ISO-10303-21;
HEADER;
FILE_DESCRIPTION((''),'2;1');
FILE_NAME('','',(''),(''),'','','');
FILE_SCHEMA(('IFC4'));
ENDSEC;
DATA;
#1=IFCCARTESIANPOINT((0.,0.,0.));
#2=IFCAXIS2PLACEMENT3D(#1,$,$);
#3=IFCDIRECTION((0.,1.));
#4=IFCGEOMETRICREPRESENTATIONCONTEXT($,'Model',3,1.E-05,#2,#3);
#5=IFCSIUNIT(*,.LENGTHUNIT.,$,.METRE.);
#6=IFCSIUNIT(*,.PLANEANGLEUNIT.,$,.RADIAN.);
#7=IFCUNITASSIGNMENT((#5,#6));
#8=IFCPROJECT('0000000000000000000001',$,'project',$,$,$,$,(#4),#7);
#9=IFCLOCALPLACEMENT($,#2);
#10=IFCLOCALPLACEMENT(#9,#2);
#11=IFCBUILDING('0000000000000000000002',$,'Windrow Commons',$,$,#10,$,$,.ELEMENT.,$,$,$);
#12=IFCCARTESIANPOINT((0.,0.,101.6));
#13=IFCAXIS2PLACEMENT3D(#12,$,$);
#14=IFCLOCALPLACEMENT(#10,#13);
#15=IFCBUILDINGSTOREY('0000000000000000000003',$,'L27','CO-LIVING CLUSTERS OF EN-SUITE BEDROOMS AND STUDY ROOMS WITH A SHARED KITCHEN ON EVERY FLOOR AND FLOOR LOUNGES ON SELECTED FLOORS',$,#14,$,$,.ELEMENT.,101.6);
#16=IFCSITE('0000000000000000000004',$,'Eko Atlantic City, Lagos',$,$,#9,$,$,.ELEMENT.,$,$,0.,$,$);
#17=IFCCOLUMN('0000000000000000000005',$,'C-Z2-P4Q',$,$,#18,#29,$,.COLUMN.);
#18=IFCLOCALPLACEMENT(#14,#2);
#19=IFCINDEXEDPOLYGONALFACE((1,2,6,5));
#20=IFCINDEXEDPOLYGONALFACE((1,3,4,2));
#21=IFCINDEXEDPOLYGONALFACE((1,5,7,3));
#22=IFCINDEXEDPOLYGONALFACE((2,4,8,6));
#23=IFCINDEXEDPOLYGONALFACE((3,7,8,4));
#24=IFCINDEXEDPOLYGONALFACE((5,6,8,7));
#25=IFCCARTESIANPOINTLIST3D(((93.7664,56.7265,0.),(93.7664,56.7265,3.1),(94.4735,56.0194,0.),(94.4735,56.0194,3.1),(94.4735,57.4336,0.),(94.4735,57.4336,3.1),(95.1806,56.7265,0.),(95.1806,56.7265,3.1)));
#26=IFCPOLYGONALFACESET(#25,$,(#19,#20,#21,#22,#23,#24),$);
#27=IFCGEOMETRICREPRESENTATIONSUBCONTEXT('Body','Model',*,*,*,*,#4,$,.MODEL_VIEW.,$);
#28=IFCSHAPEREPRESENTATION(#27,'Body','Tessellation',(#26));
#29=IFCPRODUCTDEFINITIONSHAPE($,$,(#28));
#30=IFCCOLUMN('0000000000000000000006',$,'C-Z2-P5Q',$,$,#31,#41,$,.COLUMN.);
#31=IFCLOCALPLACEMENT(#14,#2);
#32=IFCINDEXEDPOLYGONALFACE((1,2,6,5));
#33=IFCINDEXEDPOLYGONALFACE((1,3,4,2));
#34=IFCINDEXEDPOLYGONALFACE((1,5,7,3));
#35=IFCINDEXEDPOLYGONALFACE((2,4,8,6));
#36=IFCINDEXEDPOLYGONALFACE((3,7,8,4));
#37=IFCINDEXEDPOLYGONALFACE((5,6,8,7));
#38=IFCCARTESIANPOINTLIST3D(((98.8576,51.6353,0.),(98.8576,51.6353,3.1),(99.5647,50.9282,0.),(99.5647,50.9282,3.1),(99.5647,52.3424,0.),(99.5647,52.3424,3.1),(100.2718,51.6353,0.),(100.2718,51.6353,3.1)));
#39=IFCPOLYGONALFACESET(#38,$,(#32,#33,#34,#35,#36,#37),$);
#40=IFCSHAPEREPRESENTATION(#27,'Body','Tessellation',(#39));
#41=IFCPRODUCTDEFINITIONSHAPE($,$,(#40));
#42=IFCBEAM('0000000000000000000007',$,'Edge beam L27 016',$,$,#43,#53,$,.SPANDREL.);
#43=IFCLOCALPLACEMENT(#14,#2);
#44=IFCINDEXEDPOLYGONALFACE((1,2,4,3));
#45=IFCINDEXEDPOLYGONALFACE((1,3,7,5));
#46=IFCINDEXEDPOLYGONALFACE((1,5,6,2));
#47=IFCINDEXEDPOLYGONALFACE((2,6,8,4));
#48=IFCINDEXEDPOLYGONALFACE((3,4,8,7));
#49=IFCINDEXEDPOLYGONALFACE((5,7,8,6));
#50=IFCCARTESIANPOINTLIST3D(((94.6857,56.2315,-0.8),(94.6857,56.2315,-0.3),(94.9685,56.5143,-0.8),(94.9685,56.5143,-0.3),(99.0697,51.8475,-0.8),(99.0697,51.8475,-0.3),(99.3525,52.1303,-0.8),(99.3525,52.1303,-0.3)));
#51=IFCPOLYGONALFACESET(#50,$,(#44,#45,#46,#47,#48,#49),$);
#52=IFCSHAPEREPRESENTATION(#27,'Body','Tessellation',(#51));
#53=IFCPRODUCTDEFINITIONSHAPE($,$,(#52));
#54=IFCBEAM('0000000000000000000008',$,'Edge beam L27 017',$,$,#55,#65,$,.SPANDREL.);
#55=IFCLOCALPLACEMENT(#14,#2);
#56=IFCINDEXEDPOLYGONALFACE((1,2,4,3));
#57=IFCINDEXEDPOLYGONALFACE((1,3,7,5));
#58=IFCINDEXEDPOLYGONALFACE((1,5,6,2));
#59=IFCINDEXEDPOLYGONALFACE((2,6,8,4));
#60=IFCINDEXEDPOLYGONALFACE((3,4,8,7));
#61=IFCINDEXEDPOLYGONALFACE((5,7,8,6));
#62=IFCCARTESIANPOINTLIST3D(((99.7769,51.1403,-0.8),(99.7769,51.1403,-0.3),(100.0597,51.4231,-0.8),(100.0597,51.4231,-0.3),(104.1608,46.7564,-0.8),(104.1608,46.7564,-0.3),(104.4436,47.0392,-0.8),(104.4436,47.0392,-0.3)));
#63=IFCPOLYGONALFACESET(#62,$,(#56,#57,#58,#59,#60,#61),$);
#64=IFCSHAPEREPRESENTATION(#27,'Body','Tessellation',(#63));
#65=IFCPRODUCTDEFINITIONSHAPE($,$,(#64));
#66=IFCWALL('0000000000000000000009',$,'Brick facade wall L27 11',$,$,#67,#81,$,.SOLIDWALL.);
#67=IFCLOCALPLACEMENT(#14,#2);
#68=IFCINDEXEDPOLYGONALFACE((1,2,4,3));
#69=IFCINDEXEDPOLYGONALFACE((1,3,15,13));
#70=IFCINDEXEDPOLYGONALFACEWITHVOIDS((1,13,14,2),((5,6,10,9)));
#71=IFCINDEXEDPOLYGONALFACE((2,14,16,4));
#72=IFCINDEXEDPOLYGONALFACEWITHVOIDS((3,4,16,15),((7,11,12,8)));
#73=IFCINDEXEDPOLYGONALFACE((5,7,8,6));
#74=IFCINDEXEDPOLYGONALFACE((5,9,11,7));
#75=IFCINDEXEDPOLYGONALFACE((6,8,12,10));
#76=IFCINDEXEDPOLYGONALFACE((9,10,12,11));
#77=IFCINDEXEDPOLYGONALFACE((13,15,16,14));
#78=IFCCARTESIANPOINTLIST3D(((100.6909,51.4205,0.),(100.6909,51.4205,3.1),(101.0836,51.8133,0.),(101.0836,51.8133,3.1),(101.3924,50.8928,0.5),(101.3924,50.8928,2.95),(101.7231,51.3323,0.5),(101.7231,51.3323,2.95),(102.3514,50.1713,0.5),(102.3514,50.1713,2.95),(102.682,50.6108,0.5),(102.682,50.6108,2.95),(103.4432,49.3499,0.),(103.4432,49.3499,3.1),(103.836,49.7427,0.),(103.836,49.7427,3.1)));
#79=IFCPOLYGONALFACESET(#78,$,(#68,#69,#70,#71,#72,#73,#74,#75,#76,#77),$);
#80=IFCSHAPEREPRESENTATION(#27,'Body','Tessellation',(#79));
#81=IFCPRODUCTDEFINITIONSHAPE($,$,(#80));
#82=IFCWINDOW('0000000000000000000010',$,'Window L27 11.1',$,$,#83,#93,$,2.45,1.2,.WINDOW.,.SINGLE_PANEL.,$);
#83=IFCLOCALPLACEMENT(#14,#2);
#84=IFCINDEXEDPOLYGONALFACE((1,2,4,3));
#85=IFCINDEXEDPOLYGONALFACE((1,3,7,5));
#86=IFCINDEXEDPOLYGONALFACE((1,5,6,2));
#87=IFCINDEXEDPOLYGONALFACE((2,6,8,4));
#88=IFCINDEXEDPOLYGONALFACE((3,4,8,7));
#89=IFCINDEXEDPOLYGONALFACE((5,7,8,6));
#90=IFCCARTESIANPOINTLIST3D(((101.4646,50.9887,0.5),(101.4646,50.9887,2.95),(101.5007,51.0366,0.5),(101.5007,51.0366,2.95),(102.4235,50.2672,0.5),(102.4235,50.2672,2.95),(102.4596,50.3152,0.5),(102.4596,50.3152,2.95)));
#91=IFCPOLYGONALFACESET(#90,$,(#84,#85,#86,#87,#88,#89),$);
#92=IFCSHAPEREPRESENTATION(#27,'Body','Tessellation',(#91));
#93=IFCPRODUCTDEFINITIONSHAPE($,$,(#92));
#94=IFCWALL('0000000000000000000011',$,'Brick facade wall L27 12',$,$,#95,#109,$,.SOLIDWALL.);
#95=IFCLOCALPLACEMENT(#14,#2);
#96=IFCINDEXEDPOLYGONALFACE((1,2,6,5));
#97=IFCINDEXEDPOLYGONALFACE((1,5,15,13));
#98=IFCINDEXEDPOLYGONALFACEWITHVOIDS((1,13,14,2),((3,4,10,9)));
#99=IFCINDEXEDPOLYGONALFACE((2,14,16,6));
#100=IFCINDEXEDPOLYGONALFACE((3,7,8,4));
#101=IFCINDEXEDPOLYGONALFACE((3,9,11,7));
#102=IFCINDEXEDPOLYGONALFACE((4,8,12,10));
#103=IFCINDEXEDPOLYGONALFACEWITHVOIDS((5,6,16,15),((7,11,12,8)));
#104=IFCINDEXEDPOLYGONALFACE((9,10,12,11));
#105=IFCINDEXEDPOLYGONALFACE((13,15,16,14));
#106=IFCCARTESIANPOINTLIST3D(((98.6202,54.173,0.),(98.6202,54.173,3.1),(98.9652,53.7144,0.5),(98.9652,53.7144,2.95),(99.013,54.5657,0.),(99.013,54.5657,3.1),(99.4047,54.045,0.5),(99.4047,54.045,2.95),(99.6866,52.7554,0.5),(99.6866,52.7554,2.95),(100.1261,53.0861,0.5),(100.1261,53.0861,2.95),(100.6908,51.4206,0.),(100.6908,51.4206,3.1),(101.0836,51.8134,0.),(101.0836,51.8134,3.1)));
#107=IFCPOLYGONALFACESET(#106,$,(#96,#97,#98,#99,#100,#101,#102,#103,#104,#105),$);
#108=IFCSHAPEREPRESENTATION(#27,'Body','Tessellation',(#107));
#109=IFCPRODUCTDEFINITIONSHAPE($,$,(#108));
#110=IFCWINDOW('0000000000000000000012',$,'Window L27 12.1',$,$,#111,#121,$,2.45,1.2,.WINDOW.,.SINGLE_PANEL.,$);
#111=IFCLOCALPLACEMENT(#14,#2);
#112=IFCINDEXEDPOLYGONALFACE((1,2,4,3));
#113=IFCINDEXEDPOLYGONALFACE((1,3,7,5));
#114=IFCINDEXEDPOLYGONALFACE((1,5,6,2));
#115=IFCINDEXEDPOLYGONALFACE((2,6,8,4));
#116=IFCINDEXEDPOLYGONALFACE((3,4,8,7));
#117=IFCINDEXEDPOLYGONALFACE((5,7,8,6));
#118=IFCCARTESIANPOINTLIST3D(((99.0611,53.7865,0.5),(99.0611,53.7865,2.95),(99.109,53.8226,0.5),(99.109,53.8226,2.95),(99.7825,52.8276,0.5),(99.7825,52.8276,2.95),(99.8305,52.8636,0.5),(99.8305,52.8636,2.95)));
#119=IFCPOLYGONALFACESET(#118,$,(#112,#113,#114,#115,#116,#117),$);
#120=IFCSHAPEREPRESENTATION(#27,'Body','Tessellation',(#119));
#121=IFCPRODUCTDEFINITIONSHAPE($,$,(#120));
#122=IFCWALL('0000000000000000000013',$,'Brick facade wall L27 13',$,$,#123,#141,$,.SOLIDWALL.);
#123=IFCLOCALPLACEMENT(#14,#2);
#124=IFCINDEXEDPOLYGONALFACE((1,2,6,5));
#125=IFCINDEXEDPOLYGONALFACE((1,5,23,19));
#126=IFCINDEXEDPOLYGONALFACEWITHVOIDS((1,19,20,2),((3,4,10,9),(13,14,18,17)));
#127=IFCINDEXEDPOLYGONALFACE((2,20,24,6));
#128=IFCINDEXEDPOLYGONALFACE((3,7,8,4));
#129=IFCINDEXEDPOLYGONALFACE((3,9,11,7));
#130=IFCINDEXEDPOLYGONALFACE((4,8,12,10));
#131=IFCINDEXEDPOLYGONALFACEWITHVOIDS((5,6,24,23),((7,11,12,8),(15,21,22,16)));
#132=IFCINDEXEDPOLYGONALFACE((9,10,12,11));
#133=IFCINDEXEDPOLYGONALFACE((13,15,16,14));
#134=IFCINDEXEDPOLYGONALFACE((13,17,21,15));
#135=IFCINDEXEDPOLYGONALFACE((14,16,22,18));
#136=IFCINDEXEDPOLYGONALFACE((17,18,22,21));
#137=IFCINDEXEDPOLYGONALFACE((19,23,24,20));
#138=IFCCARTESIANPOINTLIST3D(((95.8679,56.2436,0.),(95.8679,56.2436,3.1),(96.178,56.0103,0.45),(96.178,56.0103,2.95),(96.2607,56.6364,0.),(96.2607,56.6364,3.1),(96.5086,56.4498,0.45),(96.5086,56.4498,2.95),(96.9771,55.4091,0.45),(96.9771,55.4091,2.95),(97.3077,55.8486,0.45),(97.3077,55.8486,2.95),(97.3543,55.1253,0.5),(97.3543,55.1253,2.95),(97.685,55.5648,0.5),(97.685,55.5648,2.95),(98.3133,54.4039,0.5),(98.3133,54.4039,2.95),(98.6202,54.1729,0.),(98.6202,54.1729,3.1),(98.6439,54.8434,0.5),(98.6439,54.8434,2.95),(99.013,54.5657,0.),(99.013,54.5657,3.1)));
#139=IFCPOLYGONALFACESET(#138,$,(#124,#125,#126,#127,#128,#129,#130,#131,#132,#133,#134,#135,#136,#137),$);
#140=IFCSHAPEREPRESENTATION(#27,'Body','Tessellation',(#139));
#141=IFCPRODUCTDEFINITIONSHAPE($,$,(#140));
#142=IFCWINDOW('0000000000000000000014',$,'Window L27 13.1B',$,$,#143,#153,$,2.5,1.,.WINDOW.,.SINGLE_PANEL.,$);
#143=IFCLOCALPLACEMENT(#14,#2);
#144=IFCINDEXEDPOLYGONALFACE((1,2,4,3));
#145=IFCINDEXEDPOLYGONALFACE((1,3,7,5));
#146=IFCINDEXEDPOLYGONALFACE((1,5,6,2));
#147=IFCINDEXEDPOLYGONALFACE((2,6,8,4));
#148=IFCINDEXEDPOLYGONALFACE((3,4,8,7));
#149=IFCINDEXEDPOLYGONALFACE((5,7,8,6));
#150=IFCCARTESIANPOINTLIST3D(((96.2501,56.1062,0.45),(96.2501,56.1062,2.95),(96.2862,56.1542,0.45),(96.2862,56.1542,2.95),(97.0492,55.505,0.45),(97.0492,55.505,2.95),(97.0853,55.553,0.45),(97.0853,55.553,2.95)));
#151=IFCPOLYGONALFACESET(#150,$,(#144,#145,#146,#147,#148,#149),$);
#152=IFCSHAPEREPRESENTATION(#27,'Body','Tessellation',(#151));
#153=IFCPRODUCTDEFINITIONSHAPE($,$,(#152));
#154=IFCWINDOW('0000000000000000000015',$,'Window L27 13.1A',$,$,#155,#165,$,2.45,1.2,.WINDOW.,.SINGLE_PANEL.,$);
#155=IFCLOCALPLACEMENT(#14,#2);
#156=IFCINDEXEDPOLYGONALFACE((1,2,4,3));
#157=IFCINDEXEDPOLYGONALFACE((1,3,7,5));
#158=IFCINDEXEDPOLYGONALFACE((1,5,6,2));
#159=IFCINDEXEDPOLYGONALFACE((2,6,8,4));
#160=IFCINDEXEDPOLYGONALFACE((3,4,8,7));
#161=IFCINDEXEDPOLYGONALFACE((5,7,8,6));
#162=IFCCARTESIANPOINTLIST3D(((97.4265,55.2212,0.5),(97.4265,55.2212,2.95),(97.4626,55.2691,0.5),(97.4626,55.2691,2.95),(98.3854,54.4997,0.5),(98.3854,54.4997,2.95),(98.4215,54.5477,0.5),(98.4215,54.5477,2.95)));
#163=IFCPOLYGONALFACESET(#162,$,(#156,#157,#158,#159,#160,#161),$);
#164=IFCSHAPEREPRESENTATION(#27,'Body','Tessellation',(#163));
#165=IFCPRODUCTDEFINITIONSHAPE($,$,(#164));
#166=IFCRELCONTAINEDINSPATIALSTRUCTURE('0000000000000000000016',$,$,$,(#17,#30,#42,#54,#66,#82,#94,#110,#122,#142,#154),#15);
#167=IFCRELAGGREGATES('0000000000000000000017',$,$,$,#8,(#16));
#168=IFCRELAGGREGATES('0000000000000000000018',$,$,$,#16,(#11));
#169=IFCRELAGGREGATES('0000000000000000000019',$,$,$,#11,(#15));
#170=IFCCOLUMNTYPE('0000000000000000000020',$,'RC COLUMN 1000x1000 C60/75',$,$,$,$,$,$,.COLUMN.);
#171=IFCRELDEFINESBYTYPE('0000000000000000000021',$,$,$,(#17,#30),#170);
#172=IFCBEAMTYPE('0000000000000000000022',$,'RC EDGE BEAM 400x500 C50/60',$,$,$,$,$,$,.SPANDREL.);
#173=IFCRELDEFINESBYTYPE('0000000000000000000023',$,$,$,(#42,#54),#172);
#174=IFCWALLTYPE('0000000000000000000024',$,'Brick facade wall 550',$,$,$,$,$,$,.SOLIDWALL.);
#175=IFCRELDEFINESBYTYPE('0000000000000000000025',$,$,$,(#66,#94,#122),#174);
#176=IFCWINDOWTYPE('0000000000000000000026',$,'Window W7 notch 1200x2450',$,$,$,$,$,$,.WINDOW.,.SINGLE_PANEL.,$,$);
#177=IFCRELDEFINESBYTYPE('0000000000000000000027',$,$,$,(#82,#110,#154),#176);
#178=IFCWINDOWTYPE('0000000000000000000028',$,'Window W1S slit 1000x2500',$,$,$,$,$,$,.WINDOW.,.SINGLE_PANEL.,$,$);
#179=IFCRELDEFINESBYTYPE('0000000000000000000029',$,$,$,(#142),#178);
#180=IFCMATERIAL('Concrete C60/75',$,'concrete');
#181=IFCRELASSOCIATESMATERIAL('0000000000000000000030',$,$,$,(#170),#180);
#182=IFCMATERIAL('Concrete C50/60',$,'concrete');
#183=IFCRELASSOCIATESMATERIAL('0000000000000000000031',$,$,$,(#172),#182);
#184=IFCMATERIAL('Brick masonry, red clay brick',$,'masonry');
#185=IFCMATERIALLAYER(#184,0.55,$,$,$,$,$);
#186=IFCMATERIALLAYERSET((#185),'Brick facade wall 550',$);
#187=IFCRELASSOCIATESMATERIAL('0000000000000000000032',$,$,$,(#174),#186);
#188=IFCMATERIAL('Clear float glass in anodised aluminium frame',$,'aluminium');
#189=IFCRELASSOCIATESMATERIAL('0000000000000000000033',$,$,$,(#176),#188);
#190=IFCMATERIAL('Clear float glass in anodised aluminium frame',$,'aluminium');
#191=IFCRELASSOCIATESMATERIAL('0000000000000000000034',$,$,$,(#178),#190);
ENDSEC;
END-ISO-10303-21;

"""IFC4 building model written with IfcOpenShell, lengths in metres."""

from ifc_helpers import new_model, si_unit, direction, frame, frame_2d, origin, origin_2d, place, context, subcontext, project, spatial, polyline, rectangle, outline, extrude, material, layer, layer_set, material_profile, profile_set, type_object, element, fill, save


model = new_model("IFC4")

# Units and contexts
model_context = context("Model", 3, precision=1e-05, world=origin(), true_north=direction((0.0, 1.0)))
body_context = subcontext(model_context, "Body", "Model", "MODEL_VIEW")
ifc_project = project(units=[si_unit("LENGTHUNIT", "METRE"), si_unit("PLANEANGLEUNIT", "RADIAN")], contexts=[model_context])

# Site, building, storey
site_placement = place(None, origin())
site = spatial("IfcSite", under=ifc_project, at=site_placement, Name="Eko Atlantic City, Lagos", CompositionType="ELEMENT", RefElevation=0.0)
building_placement = place(site_placement, origin())
building = spatial("IfcBuilding", under=site, at=building_placement, Name="Windrow Commons", CompositionType="ELEMENT")
storey_placement = place(building_placement, frame((0.0, 0.0, 101.6)))
storey = spatial("IfcBuildingStorey", under=building, at=storey_placement, Name="L27", Description="CO-LIVING CLUSTERS OF EN-SUITE BEDROOMS AND STUDY ROOMS WITH A SHARED KITCHEN ON EVERY FLOOR AND FLOOR LOUNGES ON SELECTED FLOORS", CompositionType="ELEMENT", Elevation=101.6)

# Columns
ifc_material_1 = material(Name="Concrete C60/75", Category="concrete")
ifc_material_profile_1 = material_profile(ifc_material_1, rectangle(XDim=1.0, YDim=1.0, at=origin_2d()))
ifc_profile_set_1 = profile_set([ifc_material_profile_1], Name="Concrete C60/75")
column_type = type_object("IfcColumnType", Name="RC COLUMN 1000x1000 C60/75", PredefinedType="COLUMN", material=ifc_profile_set_1)
for number, where, z_axis, x_axis, name in (
    (1, (94.4735, 56.7265, 0.0), (0.0, 0.0, 1.0), (0.707107, -0.707107, 0.0), "C-Z2-P4Q"),
    (2, (99.5647, 51.6353, 0.0), (0.0, 0.0, 1.0), (0.707107, -0.707107, 0.0), "C-Z2-P5Q"),
):
    element("IfcColumn", number, at=place(storey_placement, frame(where, z_axis=z_axis, x_axis=x_axis)), inside=storey, type_object=column_type, Name=name, PredefinedType="COLUMN", context=body_context, shape_type="SweptSolid", body=[
        extrude(rectangle(XDim=1.0, YDim=1.0, at=origin_2d()), origin(), (0.0, 0.0, 1.0), 3.1),
    ])

# Beams
ifc_material_2 = material(Name="Concrete C50/60", Category="concrete")
ifc_material_profile_2 = material_profile(ifc_material_2, rectangle(XDim=0.4, YDim=0.5, at=origin_2d()))
ifc_profile_set_2 = profile_set([ifc_material_profile_2], Name="Concrete C50/60")
beam_type = type_object("IfcBeamType", Name="RC EDGE BEAM 400x500 C50/60", PredefinedType="SPANDREL", material=ifc_profile_set_2)
beam_1_placement = place(storey_placement, frame((94.8271, 56.3729, -0.55), z_axis=(0.707107, -0.707107, 0.0), x_axis=(0.707107, 0.707107, 0.0)))
element("IfcBeam", 3, at=beam_1_placement, inside=storey, type_object=beam_type, Name="Edge beam L27 016", PredefinedType="SPANDREL", context=body_context, shape_type="SweptSolid", body=[
    extrude(rectangle(XDim=0.4, YDim=0.5, at=origin_2d()), origin(), (0.0, 0.0, 1.0), 6.1999),
])
beam_2_placement = place(storey_placement, frame((99.9183, 51.2817, -0.55), z_axis=(0.707107, -0.707107, 0.0), x_axis=(0.707107, 0.707107, 0.0)))
element("IfcBeam", 4, at=beam_2_placement, inside=storey, type_object=beam_type, Name="Edge beam L27 017", PredefinedType="SPANDREL", context=body_context, shape_type="SweptSolid", body=[
    extrude(rectangle(XDim=0.4, YDim=0.5, at=origin_2d()), origin(), (0.0, 0.0, 1.0), 6.1998),
])

# Walls, openings, windows
ifc_material_3 = material(Name="Brick masonry, red clay brick", Category="masonry")
ifc_layer_1 = layer(ifc_material_3, 0.55)
ifc_layer_set_1 = layer_set([ifc_layer_1], Name="Brick facade wall 550")
wall_type_1 = type_object("IfcWallType", Name="Brick facade wall 550", PredefinedType="SOLIDWALL", material=ifc_layer_set_1)
wall_1_placement = place(storey_placement, frame((103.6396, 49.5463, 0.0), z_axis=(0.0, 0.0, 1.0), x_axis=(-0.799107, 0.601189, 0.0)))
wall_1 = element("IfcWall", 5, at=wall_1_placement, inside=storey, type_object=wall_type_1, Name="Brick facade wall L27 11", PredefinedType="SOLIDWALL", context=body_context, shape_type="SweptSolid", body=[
    extrude(outline(polyline([(-0.0389, -0.275), (3.4054, -0.275), (3.4831, 0.275), (0.0389, 0.275), (-0.0389, -0.275)])), origin(), (0.0, 0.0, 1.0), 3.1),
])
opening_1_placement = place(wall_1_placement, frame((1.4052, 0.0, 0.5)))
opening_1 = element("IfcOpeningElement", 6, at=opening_1_placement, cuts=wall_1, PredefinedType="OPENING", context=body_context, shape_type="SweptSolid", body=[
    extrude(rectangle(XDim=1.2, YDim=2.45, at=frame_2d((0.6, 1.225))), frame((0.0, 0.285, 0.0), z_axis=(0.0, -1.0, 0.0), x_axis=(1.0, 0.0, 0.0)), (0.0, 0.0, 1.0), 0.57),
])
ifc_material_4 = material(Name="Clear float glass in anodised aluminium frame", Category="aluminium")
window_type_1 = type_object("IfcWindowType", Name="Window W7 notch 1200x2450", PartitioningType="SINGLE_PANEL", PredefinedType="WINDOW", material=ifc_material_4)
window_1_placement = place(opening_1_placement, origin())
window_1 = element("IfcWindow", 7, at=window_1_placement, inside=storey, type_object=window_type_1, Name="Window L27 11.1", OverallHeight=2.45, OverallWidth=1.2, PartitioningType="SINGLE_PANEL", PredefinedType="WINDOW", context=body_context, shape_type="SweptSolid", body=[
    extrude(rectangle(XDim=1.2, YDim=2.45, at=frame_2d((0.6, 1.225))), frame((0.0, 0.155, 0.0), z_axis=(0.0, -1.0, 0.0), x_axis=(1.0, 0.0, 0.0)), (0.0, 0.0, 1.0), 0.06),
])
fill(opening_1, window_1)
wall_2_placement = place(storey_placement, frame((100.8872, 51.617, 0.0), z_axis=(0.0, 0.0, 1.0), x_axis=(-0.601184, 0.799111, 0.0)))
wall_2 = element("IfcWall", 8, at=wall_2_placement, inside=storey, type_object=wall_type_1, Name="Brick facade wall L27 12", PredefinedType="SOLIDWALL", context=body_context, shape_type="SweptSolid", body=[
    extrude(outline(polyline([(0.0389, -0.275), (3.4831, -0.275), (3.4054, 0.275), (-0.0389, 0.275), (0.0389, -0.275)])), origin(), (0.0, 0.0, 1.0), 3.1),
])
opening_2_placement = place(wall_2_placement, frame((1.6315, 0.0, 0.5)))
opening_2 = element("IfcOpeningElement", 9, at=opening_2_placement, cuts=wall_2, PredefinedType="OPENING", context=body_context, shape_type="SweptSolid", body=[
    extrude(rectangle(XDim=1.2, YDim=2.45, at=frame_2d((0.6, 1.225))), frame((0.0, 0.285, 0.0), z_axis=(0.0, -1.0, 0.0), x_axis=(1.0, 0.0, 0.0)), (0.0, 0.0, 1.0), 0.57),
])
window_2_placement = place(opening_2_placement, origin())
window_2 = element("IfcWindow", 10, at=window_2_placement, inside=storey, type_object=window_type_1, Name="Window L27 12.1", OverallHeight=2.45, OverallWidth=1.2, PartitioningType="SINGLE_PANEL", PredefinedType="WINDOW", context=body_context, shape_type="SweptSolid", body=[
    extrude(rectangle(XDim=1.2, YDim=2.45, at=frame_2d((0.6, 1.225))), frame((0.0, 0.155, 0.0), z_axis=(0.0, -1.0, 0.0), x_axis=(1.0, 0.0, 0.0)), (0.0, 0.0, 1.0), 0.06),
])
fill(opening_2, window_2)

# Wall, openings, windows
wall_3_placement = place(storey_placement, frame((98.8166, 54.3693, 0.0), z_axis=(0.0, 0.0, 1.0), x_axis=(-0.799097, 0.601202, 0.0)))
wall_3 = element("IfcWall", 11, at=wall_3_placement, inside=storey, type_object=wall_type_1, Name="Brick facade wall L27 13", PredefinedType="SOLIDWALL", context=body_context, shape_type="SweptSolid", body=[
    extrude(outline(polyline([(-0.0389, -0.275), (3.4054, -0.275), (3.4831, 0.275), (0.0389, 0.275), (-0.0389, -0.275)])), origin(), (0.0, 0.0, 1.0), 3.1),
])
opening_3_placement = place(wall_3_placement, frame((0.423, 0.0, 0.5)))
opening_3 = element("IfcOpeningElement", 12, at=opening_3_placement, cuts=wall_3, PredefinedType="OPENING", context=body_context, shape_type="SweptSolid", body=[
    extrude(rectangle(XDim=1.2, YDim=2.45, at=frame_2d((0.6, 1.225))), frame((0.0, 0.285, 0.0), z_axis=(0.0, -1.0, 0.0), x_axis=(1.0, 0.0, 0.0)), (0.0, 0.0, 1.0), 0.57),
])
opening_4_placement = place(wall_3_placement, frame((2.0951, 0.0, 0.45)))
opening_4 = element("IfcOpeningElement", 13, at=opening_4_placement, cuts=wall_3, PredefinedType="OPENING", context=body_context, shape_type="SweptSolid", body=[
    extrude(rectangle(XDim=1.0, YDim=2.5, at=frame_2d((0.5, 1.25))), frame((0.0, 0.285, 0.0), z_axis=(0.0, -1.0, 0.0), x_axis=(1.0, 0.0, 0.0)), (0.0, 0.0, 1.0), 0.57),
])
ifc_material_5 = material(Name="Clear float glass in anodised aluminium frame", Category="aluminium")
window_type_2 = type_object("IfcWindowType", Name="Window W1S slit 1000x2500", PartitioningType="SINGLE_PANEL", PredefinedType="WINDOW", material=ifc_material_5)
window_3_placement = place(opening_4_placement, origin())
window_3 = element("IfcWindow", 14, at=window_3_placement, inside=storey, type_object=window_type_2, Name="Window L27 13.1B", OverallHeight=2.5, OverallWidth=1.0, PartitioningType="SINGLE_PANEL", PredefinedType="WINDOW", context=body_context, shape_type="SweptSolid", body=[
    extrude(rectangle(XDim=1.0, YDim=2.5, at=frame_2d((0.5, 1.25))), frame((0.0, 0.155, 0.0), z_axis=(0.0, -1.0, 0.0), x_axis=(1.0, 0.0, 0.0)), (0.0, 0.0, 1.0), 0.06),
])
fill(opening_4, window_3)
window_4_placement = place(opening_3_placement, origin())
window_4 = element("IfcWindow", 15, at=window_4_placement, inside=storey, type_object=window_type_1, Name="Window L27 13.1A", OverallHeight=2.45, OverallWidth=1.2, PartitioningType="SINGLE_PANEL", PredefinedType="WINDOW", context=body_context, shape_type="SweptSolid", body=[
    extrude(rectangle(XDim=1.2, YDim=2.45, at=frame_2d((0.6, 1.225))), frame((0.0, 0.155, 0.0), z_axis=(0.0, -1.0, 0.0), x_axis=(1.0, 0.0, 0.0)), (0.0, 0.0, 1.0), 0.06),
])
fill(opening_3, window_4)

save(model, "model.ifc")
